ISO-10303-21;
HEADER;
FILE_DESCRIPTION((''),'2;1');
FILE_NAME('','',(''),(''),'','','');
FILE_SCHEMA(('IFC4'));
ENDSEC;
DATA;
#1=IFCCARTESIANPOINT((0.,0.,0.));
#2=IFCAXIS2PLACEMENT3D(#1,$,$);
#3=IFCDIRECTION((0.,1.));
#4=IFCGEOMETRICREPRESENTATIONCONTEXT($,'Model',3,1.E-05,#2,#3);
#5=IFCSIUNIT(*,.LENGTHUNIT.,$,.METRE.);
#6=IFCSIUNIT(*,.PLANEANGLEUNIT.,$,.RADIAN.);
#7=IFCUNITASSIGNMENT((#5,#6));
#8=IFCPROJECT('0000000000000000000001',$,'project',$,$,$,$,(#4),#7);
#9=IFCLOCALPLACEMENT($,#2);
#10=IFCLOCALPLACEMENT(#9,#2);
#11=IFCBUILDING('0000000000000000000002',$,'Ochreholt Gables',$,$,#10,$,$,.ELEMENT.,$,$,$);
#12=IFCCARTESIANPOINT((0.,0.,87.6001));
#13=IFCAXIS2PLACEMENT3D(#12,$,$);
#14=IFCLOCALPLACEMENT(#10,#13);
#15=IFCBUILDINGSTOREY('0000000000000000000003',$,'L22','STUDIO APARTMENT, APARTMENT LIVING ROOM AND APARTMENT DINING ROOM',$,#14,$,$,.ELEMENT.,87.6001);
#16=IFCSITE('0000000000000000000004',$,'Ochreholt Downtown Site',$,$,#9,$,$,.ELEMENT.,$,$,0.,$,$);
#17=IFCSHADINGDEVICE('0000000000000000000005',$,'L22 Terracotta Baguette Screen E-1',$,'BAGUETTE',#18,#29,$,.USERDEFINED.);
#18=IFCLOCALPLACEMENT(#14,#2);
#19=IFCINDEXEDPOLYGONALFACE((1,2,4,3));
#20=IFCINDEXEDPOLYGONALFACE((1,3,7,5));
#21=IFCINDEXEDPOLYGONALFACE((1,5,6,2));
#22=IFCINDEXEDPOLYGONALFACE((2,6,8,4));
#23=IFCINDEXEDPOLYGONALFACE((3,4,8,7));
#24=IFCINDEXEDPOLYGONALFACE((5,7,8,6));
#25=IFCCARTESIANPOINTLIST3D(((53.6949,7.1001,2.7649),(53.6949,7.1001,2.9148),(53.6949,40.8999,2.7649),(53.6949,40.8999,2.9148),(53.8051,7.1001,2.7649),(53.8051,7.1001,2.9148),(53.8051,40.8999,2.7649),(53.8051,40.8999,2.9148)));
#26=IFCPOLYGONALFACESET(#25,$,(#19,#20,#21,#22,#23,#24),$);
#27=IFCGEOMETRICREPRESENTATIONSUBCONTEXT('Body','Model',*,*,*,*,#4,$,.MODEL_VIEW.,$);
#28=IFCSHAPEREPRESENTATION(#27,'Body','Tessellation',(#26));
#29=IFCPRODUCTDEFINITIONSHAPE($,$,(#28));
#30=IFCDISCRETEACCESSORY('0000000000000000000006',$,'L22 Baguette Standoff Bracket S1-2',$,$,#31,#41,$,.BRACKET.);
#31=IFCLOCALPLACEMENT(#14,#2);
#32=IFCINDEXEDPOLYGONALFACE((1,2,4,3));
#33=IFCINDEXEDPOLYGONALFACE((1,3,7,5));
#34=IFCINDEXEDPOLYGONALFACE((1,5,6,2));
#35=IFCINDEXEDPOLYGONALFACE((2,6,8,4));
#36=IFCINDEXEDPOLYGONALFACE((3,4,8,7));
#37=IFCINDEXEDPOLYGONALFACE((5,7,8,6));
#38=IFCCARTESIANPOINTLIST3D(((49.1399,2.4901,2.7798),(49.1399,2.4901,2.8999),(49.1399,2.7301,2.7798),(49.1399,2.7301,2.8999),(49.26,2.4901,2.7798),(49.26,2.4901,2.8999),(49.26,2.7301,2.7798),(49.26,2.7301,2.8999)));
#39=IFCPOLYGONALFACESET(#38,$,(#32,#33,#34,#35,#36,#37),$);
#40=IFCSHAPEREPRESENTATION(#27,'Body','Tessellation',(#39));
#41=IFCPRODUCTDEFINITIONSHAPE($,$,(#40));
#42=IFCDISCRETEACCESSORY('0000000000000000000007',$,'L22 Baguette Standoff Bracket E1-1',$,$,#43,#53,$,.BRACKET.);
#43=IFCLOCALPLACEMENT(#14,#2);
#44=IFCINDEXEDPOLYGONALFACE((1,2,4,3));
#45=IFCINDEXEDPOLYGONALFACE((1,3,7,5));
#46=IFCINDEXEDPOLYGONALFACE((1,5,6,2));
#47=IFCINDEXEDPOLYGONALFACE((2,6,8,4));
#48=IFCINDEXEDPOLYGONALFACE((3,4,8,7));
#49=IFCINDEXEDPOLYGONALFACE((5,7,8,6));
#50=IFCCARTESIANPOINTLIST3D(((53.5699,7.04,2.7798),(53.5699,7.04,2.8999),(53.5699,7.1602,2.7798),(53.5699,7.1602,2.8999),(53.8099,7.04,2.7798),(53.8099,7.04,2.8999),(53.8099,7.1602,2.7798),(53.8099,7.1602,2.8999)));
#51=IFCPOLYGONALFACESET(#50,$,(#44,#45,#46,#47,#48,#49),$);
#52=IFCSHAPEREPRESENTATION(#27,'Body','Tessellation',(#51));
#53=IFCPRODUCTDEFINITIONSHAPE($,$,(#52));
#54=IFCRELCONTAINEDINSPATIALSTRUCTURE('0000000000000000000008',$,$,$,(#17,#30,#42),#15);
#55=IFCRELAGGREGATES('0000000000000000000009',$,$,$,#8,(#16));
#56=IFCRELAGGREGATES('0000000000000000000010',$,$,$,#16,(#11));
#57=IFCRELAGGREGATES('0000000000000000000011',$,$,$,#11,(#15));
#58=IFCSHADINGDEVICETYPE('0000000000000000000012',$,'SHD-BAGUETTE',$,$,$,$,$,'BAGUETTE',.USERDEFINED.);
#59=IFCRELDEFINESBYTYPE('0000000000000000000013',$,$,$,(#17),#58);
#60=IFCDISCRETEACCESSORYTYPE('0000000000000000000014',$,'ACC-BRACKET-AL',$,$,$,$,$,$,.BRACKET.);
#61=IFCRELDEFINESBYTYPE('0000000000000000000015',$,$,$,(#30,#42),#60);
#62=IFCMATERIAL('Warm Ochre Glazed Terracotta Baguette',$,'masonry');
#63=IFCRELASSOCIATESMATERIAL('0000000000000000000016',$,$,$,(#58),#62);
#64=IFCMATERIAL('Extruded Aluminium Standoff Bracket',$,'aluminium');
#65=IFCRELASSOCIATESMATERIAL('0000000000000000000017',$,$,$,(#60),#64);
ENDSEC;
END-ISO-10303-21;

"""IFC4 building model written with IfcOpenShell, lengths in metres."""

from ifc_helpers import new_model, si_unit, direction, frame, origin, origin_2d, place, context, subcontext, project, spatial, rectangle, extrude, material, material_profile, profile_set, type_object, element, save


model = new_model("IFC4")

# Units and contexts
model_context = context("Model", 3, precision=1e-05, world=origin(), true_north=direction((0.0, 1.0)))
body_context = subcontext(model_context, "Body", "Model", "MODEL_VIEW")
ifc_project = project(units=[si_unit("LENGTHUNIT", "METRE"), si_unit("PLANEANGLEUNIT", "RADIAN")], contexts=[model_context])

# Site, building, storey
site_placement = place(None, origin())
site = spatial("IfcSite", under=ifc_project, at=site_placement, Name="Ochreholt Downtown Site", CompositionType="ELEMENT", RefElevation=0.0)
building_placement = place(site_placement, origin())
building = spatial("IfcBuilding", under=site, at=building_placement, Name="Ochreholt Gables", CompositionType="ELEMENT")
storey_placement = place(building_placement, frame((0.0, 0.0, 87.6001)))
storey = spatial("IfcBuildingStorey", under=building, at=storey_placement, Name="L22", Description="STUDIO APARTMENT, APARTMENT LIVING ROOM AND APARTMENT DINING ROOM", CompositionType="ELEMENT", Elevation=87.6001)

# Shading device
ifc_material_1 = material(Name="Warm Ochre Glazed Terracotta Baguette", Category="masonry")
ifc_material_profile_1 = material_profile(ifc_material_1, rectangle(XDim=0.1101, YDim=0.1499, at=origin_2d()), Name="TCBAG110X150")
ifc_profile_set_1 = profile_set([ifc_material_profile_1], Name="Warm Ochre Glazed Terracotta Baguette")
shading_device_type = type_object("IfcShadingDeviceType", Name="SHD-BAGUETTE", ElementType="BAGUETTE", PredefinedType="USERDEFINED", material=ifc_profile_set_1)
shading_device_placement = place(storey_placement, frame((53.75, 7.1001, 2.8398), z_axis=(0.0, 1.0, 0.0), x_axis=(-1.0, 0.0, 0.0)))
element("IfcShadingDevice", 1, at=shading_device_placement, inside=storey, type_object=shading_device_type, Name="L22 Terracotta Baguette Screen E-1", ObjectType="BAGUETTE", PredefinedType="USERDEFINED", context=body_context, shape_type="SweptSolid", body=[
    extrude(rectangle(XDim=0.1101, YDim=0.1499, at=origin_2d()), origin(), (0.0, 0.0, 1.0), 33.7998),
])

# Discrete accessories
ifc_material_2 = material(Name="Extruded Aluminium Standoff Bracket", Category="aluminium")
discrete_accessory_type = type_object("IfcDiscreteAccessoryType", Name="ACC-BRACKET-AL", PredefinedType="BRACKET", material=ifc_material_2)
for number, where, z_axis, x_axis, name in (
    (2, (49.2, 2.6101, 2.7798), (0.0, 0.0, 1.0), (1.0, 0.0, 0.0), "L22 Baguette Standoff Bracket S1-2"),
    (3, (53.6899, 7.1001, 2.7798), (0.0, 0.0, 1.0), (0.0, 1.0, 0.0), "L22 Baguette Standoff Bracket E1-1"),
):
    element("IfcDiscreteAccessory", number, at=place(storey_placement, frame(where, z_axis=z_axis, x_axis=x_axis)), inside=storey, type_object=discrete_accessory_type, Name=name, PredefinedType="BRACKET", context=body_context, shape_type="SweptSolid", body=[
        extrude(rectangle(XDim=0.1201, YDim=0.24, at=origin_2d()), origin(), (0.0, 0.0, 1.0), 0.1201),
    ])

save(model, "model.ifc")
